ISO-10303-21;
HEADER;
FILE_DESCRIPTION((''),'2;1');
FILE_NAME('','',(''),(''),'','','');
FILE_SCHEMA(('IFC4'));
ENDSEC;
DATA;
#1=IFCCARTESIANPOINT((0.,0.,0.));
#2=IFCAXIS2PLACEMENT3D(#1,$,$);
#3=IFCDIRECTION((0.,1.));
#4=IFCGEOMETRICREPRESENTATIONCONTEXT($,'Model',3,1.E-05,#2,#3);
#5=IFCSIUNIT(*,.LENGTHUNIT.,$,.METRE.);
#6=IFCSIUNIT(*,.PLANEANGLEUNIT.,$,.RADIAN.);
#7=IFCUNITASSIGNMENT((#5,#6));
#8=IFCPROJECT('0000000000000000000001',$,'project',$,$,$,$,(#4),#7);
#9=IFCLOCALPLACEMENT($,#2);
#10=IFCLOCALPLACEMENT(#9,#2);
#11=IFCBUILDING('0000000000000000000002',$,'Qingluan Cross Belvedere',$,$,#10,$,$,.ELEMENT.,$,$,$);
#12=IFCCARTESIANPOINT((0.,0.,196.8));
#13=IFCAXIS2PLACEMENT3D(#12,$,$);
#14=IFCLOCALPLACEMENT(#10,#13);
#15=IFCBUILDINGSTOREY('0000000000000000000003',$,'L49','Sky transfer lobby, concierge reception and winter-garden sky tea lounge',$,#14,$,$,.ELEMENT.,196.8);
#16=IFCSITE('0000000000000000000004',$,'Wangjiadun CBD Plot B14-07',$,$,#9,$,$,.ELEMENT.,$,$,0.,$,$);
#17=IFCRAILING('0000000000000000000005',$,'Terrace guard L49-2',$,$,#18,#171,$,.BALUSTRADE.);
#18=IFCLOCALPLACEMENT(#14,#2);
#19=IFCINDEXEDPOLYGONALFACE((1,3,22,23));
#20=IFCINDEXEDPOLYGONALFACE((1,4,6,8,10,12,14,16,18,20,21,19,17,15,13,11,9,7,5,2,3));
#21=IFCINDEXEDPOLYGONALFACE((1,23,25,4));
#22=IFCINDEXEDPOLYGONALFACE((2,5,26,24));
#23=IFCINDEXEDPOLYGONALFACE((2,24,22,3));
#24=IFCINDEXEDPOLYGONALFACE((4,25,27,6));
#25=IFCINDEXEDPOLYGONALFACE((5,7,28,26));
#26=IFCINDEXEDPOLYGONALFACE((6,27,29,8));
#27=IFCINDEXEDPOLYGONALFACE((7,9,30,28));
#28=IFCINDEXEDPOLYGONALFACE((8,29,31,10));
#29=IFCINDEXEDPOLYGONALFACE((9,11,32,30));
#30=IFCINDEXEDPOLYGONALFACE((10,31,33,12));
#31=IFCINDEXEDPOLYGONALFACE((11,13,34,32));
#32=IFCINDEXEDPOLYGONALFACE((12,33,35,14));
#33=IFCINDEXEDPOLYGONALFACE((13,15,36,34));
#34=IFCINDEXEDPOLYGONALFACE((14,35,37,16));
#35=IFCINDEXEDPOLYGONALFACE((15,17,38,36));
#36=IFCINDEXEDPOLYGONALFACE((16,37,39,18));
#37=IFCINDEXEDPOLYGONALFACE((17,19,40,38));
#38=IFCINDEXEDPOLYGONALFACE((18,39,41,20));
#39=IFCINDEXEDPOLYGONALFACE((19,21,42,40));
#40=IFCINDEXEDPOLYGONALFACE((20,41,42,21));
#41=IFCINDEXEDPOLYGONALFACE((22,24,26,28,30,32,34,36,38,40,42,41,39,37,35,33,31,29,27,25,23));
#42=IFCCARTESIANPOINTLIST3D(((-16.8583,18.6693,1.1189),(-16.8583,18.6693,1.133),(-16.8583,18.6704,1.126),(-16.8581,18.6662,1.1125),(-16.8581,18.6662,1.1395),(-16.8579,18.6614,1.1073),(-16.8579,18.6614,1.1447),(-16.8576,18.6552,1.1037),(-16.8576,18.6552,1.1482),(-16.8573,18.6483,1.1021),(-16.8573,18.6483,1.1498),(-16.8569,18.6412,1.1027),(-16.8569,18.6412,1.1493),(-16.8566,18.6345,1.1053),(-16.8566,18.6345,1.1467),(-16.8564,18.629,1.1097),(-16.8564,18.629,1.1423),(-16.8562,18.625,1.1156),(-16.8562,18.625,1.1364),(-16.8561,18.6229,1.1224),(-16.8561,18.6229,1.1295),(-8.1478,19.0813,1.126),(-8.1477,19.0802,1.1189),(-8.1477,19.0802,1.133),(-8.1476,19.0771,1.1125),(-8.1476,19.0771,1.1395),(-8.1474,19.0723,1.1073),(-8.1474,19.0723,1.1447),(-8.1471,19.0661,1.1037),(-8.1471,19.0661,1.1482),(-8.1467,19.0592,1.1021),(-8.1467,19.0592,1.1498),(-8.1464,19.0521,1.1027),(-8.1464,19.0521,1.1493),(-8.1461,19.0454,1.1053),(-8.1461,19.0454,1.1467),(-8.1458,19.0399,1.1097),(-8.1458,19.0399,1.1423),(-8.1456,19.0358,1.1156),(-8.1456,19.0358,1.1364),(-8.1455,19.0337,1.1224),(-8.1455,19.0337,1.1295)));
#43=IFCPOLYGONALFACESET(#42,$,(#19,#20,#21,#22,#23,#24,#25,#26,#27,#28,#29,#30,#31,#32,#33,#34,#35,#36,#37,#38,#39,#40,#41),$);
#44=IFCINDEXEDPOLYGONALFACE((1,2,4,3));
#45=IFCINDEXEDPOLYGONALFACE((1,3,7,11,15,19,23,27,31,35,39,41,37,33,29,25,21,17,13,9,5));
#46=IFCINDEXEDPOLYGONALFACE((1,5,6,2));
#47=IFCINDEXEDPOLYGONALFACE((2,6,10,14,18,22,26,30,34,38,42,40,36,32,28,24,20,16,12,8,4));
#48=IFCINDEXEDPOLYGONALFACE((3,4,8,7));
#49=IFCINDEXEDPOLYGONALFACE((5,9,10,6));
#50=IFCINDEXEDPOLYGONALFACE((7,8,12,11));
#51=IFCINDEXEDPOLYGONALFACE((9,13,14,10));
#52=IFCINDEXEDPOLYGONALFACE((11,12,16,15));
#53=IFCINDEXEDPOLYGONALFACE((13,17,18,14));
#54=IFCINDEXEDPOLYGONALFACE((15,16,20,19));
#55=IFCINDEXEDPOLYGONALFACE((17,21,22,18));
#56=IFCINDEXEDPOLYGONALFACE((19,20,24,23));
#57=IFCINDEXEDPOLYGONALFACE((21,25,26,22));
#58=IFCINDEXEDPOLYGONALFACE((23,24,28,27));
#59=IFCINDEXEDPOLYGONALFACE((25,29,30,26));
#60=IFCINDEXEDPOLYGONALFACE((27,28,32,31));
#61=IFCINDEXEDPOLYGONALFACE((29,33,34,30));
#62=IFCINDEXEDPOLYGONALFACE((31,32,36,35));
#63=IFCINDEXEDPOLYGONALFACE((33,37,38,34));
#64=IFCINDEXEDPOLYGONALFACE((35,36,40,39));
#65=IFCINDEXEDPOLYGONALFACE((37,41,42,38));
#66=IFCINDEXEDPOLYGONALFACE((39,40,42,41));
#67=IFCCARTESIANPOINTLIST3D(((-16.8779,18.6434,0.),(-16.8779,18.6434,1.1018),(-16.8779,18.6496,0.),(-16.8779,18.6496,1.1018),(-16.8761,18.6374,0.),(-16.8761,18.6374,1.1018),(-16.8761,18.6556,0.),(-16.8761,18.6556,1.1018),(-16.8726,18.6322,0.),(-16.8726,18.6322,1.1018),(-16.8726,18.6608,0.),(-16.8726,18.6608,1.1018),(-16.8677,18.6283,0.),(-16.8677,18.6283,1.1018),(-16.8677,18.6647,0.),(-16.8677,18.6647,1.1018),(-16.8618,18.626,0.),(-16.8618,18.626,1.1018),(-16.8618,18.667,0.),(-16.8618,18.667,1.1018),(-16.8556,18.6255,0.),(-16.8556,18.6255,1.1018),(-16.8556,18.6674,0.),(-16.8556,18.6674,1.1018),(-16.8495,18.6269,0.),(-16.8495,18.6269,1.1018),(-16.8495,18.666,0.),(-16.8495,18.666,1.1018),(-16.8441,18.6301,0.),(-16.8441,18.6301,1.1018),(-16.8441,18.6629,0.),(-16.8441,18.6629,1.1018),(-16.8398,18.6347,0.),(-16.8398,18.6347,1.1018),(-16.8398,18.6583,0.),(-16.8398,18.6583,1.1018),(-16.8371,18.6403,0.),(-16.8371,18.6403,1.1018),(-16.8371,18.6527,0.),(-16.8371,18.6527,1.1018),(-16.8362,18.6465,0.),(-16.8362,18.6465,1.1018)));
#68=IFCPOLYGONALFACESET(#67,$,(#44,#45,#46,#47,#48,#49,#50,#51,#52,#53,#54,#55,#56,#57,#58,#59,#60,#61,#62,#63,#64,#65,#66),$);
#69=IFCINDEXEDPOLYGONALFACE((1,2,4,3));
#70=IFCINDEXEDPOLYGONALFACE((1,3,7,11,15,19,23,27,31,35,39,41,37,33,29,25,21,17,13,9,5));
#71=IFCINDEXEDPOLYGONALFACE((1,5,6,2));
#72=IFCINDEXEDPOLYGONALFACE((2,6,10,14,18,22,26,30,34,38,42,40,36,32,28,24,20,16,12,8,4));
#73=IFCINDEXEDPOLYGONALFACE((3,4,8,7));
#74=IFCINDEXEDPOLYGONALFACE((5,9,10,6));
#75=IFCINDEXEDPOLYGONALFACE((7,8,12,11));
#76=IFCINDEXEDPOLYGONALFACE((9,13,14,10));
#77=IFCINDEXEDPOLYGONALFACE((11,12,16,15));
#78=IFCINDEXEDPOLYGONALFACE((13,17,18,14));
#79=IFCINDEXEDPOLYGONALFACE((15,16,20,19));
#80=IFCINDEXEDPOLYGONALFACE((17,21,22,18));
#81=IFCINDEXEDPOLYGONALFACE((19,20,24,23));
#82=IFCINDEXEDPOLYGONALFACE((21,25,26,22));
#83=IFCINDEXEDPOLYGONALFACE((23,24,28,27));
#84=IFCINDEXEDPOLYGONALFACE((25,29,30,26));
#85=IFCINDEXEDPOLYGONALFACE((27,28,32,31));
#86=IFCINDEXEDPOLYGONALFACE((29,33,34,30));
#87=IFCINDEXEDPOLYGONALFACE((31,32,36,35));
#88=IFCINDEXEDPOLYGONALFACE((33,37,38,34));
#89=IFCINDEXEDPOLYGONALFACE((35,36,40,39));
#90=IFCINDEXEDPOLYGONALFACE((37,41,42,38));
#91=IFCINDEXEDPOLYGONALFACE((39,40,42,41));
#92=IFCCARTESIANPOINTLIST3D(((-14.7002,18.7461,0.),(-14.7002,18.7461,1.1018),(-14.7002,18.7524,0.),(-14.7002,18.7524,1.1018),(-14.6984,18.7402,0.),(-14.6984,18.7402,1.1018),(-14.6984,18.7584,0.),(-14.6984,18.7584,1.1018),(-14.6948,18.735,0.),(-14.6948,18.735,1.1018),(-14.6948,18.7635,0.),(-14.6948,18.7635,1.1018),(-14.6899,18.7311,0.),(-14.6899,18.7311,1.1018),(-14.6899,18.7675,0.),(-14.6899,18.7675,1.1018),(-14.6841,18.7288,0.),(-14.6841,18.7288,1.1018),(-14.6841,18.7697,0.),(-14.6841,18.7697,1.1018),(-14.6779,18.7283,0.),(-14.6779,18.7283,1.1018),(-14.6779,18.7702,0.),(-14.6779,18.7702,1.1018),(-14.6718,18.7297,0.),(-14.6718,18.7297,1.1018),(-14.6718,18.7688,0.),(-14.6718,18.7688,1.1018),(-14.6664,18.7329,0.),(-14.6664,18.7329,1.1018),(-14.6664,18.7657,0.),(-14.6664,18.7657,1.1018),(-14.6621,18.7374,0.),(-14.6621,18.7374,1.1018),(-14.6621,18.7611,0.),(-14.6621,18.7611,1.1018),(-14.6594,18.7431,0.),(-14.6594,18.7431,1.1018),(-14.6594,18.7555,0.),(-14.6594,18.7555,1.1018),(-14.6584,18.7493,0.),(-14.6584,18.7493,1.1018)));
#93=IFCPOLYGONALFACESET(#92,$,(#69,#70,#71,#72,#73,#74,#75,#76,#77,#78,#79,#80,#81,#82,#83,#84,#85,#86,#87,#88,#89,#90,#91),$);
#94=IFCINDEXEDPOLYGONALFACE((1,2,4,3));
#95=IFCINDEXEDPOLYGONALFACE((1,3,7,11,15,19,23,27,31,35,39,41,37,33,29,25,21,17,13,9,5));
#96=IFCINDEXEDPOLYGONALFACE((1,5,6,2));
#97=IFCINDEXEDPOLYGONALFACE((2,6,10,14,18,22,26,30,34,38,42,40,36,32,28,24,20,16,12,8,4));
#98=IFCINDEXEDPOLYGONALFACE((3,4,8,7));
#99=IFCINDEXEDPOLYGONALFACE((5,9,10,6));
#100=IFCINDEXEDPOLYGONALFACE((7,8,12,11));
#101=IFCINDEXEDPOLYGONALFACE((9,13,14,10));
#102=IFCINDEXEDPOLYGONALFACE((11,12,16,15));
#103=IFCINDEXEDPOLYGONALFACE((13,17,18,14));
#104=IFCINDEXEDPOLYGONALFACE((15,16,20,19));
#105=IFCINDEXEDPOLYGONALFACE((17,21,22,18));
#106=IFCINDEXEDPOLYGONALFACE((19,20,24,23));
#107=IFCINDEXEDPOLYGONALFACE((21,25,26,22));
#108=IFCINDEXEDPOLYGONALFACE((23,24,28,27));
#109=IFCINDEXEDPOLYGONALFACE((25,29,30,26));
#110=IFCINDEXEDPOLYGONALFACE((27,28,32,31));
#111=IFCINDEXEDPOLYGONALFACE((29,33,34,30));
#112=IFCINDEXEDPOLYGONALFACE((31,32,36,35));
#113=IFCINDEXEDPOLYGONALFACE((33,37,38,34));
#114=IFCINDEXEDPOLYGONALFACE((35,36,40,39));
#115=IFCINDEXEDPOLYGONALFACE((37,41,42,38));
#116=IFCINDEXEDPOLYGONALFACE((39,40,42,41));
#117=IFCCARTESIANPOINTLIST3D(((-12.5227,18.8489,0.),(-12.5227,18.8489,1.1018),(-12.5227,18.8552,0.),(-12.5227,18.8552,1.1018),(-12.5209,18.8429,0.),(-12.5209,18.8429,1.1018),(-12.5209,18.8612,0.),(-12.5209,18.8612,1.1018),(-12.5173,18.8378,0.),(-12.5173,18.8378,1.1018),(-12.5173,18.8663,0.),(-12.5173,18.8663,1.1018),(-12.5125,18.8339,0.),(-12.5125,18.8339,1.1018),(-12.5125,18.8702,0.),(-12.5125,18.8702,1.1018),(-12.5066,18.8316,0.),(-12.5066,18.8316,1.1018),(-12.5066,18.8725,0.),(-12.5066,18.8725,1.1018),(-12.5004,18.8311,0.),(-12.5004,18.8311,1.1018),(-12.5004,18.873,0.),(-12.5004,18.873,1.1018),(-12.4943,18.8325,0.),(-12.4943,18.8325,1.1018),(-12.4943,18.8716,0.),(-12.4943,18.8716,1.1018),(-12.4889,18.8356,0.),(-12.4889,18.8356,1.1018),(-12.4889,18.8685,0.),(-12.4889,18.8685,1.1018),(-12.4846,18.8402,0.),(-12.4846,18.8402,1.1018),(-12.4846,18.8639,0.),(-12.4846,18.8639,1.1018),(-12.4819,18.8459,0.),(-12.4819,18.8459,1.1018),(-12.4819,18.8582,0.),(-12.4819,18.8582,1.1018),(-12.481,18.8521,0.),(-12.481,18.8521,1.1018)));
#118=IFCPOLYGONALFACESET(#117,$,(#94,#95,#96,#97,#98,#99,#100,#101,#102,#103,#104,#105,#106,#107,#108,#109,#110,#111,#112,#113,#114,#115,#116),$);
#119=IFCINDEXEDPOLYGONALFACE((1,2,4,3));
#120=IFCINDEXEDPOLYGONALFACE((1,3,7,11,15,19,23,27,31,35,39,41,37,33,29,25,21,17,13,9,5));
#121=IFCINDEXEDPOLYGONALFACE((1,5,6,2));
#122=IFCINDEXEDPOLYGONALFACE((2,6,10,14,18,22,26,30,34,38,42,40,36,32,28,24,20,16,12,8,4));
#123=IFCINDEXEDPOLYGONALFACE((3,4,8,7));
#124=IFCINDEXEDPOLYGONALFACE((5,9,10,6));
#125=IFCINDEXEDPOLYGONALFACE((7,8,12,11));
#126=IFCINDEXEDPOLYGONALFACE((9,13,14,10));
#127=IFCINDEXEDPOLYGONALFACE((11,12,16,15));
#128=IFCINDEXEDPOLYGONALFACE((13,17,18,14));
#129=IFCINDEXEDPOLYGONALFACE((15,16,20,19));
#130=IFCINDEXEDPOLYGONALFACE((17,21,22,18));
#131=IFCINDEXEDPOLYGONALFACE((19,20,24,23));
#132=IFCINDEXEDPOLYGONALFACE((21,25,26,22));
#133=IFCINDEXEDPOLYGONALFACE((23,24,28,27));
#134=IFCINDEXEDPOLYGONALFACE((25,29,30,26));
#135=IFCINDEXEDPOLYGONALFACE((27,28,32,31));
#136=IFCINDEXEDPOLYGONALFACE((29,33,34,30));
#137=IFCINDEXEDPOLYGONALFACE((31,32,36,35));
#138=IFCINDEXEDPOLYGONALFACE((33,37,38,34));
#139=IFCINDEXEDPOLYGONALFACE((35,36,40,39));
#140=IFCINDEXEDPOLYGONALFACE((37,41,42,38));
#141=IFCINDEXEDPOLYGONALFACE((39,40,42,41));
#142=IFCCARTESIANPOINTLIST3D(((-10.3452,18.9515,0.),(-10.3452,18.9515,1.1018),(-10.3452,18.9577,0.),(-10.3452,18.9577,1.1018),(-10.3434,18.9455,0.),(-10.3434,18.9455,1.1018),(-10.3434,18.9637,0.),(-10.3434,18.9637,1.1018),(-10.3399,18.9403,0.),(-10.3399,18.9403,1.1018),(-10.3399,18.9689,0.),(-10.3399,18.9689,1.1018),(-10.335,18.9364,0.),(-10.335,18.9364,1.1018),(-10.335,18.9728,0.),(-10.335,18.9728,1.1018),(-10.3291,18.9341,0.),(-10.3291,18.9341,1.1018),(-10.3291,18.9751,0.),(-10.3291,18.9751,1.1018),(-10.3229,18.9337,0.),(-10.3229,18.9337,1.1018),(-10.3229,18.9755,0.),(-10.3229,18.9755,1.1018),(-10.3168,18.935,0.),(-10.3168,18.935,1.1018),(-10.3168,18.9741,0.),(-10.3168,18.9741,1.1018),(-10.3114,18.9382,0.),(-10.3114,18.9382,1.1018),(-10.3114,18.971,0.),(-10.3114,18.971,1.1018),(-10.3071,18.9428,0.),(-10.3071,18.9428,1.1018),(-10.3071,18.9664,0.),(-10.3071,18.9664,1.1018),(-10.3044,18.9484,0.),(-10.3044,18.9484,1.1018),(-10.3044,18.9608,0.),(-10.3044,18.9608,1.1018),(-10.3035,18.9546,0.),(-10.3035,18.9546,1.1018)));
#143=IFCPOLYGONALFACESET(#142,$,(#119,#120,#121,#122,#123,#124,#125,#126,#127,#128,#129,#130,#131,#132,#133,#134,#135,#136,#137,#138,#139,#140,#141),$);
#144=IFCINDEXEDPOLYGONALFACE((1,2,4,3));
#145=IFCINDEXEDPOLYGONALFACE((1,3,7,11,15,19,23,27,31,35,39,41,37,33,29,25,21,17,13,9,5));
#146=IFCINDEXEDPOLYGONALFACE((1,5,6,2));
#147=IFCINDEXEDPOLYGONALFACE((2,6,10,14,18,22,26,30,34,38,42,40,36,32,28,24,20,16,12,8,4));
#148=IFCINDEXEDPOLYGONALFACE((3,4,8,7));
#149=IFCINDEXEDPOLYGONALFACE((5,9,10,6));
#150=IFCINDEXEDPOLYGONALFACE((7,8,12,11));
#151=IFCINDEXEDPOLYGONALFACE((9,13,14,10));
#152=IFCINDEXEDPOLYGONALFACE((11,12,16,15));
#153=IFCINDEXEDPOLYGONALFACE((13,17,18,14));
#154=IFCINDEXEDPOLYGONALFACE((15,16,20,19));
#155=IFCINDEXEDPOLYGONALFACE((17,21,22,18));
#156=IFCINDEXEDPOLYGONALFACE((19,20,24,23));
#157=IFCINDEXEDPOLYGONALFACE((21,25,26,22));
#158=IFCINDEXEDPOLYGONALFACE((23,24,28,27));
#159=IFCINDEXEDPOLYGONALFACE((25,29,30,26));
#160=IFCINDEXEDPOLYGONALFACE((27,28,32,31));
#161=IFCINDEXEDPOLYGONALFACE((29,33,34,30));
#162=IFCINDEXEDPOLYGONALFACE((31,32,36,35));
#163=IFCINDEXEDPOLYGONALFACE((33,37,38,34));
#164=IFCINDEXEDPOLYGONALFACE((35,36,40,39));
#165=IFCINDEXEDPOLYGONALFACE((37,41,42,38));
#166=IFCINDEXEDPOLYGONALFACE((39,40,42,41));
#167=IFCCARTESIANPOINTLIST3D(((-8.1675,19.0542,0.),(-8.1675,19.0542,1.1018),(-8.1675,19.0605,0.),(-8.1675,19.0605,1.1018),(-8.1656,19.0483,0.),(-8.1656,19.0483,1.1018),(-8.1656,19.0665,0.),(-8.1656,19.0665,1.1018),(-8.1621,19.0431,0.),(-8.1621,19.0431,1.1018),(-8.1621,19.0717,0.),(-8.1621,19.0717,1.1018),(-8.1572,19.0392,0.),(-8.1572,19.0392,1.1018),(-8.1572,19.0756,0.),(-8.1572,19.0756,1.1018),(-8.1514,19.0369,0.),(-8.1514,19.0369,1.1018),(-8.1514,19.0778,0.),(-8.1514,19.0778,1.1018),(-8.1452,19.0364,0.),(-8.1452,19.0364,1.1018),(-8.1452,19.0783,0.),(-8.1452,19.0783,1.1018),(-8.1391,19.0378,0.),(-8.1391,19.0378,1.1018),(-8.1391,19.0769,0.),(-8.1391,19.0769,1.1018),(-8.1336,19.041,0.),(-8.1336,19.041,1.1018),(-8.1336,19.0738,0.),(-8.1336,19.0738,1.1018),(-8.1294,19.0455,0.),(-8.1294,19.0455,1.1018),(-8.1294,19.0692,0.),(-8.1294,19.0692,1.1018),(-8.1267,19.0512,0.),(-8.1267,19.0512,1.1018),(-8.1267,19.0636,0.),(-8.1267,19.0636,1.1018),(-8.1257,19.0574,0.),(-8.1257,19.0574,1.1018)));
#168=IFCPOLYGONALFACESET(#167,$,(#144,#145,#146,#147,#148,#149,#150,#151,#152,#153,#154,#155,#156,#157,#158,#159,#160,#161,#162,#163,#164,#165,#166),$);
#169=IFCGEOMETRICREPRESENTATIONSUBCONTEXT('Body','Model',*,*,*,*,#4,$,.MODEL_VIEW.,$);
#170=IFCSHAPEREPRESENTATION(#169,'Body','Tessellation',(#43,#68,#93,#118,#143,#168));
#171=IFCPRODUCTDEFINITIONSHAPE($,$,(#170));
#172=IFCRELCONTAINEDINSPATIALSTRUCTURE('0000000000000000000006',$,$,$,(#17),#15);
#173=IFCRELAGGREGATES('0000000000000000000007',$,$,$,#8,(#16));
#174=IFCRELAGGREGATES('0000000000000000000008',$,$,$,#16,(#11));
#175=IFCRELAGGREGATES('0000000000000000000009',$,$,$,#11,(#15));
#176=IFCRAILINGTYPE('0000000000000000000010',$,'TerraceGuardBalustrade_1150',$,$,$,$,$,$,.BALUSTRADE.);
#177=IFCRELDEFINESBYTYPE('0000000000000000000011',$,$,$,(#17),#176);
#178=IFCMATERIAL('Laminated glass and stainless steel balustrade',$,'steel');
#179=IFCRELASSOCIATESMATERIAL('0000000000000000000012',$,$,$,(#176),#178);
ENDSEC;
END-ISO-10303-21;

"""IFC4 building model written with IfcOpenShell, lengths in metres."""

from ifc_helpers import new_model, si_unit, direction, frame, origin, origin_2d, place, context, subcontext, project, spatial, circle, extrude, material, type_object, element, save


model = new_model("IFC4")

# Units and contexts
model_context = context("Model", 3, precision=1e-05, world=origin(), true_north=direction((0.0, 1.0)))
body_context = subcontext(model_context, "Body", "Model", "MODEL_VIEW")
ifc_project = project(units=[si_unit("LENGTHUNIT", "METRE"), si_unit("PLANEANGLEUNIT", "RADIAN")], contexts=[model_context])

# Site, building, storey
site_placement = place(None, origin())
site = spatial("IfcSite", under=ifc_project, at=site_placement, Name="Wangjiadun CBD Plot B14-07", CompositionType="ELEMENT", RefElevation=0.0)
building_placement = place(site_placement, origin())
building = spatial("IfcBuilding", under=site, at=building_placement, Name="Qingluan Cross Belvedere", CompositionType="ELEMENT")
storey_placement = place(building_placement, frame((0.0, 0.0, 196.8)))
storey = spatial("IfcBuildingStorey", under=building, at=storey_placement, Name="L49", Description="Sky transfer lobby, concierge reception and winter-garden sky tea lounge", CompositionType="ELEMENT", Elevation=196.8)

# Railing
ifc_material_1 = material(Name="Laminated glass and stainless steel balustrade", Category="steel")
railing_type = type_object("IfcRailingType", Name="TerraceGuardBalustrade_1150", PredefinedType="BALUSTRADE", material=ifc_material_1)
railing_placement = place(storey_placement, frame((-16.8572, 18.6465, 0.0)))
element("IfcRailing", 1, at=railing_placement, inside=storey, type_object=railing_type, Name="Terrace guard L49-2", PredefinedType="BALUSTRADE", context=body_context, shape_type="SweptSolid", body=[
    extrude(circle(Radius=0.0239, at=origin_2d()), frame((0.0, 0.0, 1.126), z_axis=(0.998889, 0.04712, 0.0), x_axis=(-0.04712, 0.998889, 0.0)), (0.0, 0.0, 1.0), 8.7202),
    extrude(circle(Radius=0.021, at=origin_2d()), origin(), (0.0, 0.0, 1.0), 1.1018),
    extrude(circle(Radius=0.021, at=origin_2d()), frame((2.1777, 0.1028, 0.0)), (0.0, 0.0, 1.0), 1.1018),
    extrude(circle(Radius=0.021, at=origin_2d()), frame((4.3552, 0.2056, 0.0)), (0.0, 0.0, 1.0), 1.1018),
    extrude(circle(Radius=0.021, at=origin_2d()), frame((6.5327, 0.3081, 0.0)), (0.0, 0.0, 1.0), 1.1018),
    extrude(circle(Radius=0.021, at=origin_2d()), frame((8.7104, 0.4109, 0.0)), (0.0, 0.0, 1.0), 1.1018),
])

save(model, "model.ifc")
